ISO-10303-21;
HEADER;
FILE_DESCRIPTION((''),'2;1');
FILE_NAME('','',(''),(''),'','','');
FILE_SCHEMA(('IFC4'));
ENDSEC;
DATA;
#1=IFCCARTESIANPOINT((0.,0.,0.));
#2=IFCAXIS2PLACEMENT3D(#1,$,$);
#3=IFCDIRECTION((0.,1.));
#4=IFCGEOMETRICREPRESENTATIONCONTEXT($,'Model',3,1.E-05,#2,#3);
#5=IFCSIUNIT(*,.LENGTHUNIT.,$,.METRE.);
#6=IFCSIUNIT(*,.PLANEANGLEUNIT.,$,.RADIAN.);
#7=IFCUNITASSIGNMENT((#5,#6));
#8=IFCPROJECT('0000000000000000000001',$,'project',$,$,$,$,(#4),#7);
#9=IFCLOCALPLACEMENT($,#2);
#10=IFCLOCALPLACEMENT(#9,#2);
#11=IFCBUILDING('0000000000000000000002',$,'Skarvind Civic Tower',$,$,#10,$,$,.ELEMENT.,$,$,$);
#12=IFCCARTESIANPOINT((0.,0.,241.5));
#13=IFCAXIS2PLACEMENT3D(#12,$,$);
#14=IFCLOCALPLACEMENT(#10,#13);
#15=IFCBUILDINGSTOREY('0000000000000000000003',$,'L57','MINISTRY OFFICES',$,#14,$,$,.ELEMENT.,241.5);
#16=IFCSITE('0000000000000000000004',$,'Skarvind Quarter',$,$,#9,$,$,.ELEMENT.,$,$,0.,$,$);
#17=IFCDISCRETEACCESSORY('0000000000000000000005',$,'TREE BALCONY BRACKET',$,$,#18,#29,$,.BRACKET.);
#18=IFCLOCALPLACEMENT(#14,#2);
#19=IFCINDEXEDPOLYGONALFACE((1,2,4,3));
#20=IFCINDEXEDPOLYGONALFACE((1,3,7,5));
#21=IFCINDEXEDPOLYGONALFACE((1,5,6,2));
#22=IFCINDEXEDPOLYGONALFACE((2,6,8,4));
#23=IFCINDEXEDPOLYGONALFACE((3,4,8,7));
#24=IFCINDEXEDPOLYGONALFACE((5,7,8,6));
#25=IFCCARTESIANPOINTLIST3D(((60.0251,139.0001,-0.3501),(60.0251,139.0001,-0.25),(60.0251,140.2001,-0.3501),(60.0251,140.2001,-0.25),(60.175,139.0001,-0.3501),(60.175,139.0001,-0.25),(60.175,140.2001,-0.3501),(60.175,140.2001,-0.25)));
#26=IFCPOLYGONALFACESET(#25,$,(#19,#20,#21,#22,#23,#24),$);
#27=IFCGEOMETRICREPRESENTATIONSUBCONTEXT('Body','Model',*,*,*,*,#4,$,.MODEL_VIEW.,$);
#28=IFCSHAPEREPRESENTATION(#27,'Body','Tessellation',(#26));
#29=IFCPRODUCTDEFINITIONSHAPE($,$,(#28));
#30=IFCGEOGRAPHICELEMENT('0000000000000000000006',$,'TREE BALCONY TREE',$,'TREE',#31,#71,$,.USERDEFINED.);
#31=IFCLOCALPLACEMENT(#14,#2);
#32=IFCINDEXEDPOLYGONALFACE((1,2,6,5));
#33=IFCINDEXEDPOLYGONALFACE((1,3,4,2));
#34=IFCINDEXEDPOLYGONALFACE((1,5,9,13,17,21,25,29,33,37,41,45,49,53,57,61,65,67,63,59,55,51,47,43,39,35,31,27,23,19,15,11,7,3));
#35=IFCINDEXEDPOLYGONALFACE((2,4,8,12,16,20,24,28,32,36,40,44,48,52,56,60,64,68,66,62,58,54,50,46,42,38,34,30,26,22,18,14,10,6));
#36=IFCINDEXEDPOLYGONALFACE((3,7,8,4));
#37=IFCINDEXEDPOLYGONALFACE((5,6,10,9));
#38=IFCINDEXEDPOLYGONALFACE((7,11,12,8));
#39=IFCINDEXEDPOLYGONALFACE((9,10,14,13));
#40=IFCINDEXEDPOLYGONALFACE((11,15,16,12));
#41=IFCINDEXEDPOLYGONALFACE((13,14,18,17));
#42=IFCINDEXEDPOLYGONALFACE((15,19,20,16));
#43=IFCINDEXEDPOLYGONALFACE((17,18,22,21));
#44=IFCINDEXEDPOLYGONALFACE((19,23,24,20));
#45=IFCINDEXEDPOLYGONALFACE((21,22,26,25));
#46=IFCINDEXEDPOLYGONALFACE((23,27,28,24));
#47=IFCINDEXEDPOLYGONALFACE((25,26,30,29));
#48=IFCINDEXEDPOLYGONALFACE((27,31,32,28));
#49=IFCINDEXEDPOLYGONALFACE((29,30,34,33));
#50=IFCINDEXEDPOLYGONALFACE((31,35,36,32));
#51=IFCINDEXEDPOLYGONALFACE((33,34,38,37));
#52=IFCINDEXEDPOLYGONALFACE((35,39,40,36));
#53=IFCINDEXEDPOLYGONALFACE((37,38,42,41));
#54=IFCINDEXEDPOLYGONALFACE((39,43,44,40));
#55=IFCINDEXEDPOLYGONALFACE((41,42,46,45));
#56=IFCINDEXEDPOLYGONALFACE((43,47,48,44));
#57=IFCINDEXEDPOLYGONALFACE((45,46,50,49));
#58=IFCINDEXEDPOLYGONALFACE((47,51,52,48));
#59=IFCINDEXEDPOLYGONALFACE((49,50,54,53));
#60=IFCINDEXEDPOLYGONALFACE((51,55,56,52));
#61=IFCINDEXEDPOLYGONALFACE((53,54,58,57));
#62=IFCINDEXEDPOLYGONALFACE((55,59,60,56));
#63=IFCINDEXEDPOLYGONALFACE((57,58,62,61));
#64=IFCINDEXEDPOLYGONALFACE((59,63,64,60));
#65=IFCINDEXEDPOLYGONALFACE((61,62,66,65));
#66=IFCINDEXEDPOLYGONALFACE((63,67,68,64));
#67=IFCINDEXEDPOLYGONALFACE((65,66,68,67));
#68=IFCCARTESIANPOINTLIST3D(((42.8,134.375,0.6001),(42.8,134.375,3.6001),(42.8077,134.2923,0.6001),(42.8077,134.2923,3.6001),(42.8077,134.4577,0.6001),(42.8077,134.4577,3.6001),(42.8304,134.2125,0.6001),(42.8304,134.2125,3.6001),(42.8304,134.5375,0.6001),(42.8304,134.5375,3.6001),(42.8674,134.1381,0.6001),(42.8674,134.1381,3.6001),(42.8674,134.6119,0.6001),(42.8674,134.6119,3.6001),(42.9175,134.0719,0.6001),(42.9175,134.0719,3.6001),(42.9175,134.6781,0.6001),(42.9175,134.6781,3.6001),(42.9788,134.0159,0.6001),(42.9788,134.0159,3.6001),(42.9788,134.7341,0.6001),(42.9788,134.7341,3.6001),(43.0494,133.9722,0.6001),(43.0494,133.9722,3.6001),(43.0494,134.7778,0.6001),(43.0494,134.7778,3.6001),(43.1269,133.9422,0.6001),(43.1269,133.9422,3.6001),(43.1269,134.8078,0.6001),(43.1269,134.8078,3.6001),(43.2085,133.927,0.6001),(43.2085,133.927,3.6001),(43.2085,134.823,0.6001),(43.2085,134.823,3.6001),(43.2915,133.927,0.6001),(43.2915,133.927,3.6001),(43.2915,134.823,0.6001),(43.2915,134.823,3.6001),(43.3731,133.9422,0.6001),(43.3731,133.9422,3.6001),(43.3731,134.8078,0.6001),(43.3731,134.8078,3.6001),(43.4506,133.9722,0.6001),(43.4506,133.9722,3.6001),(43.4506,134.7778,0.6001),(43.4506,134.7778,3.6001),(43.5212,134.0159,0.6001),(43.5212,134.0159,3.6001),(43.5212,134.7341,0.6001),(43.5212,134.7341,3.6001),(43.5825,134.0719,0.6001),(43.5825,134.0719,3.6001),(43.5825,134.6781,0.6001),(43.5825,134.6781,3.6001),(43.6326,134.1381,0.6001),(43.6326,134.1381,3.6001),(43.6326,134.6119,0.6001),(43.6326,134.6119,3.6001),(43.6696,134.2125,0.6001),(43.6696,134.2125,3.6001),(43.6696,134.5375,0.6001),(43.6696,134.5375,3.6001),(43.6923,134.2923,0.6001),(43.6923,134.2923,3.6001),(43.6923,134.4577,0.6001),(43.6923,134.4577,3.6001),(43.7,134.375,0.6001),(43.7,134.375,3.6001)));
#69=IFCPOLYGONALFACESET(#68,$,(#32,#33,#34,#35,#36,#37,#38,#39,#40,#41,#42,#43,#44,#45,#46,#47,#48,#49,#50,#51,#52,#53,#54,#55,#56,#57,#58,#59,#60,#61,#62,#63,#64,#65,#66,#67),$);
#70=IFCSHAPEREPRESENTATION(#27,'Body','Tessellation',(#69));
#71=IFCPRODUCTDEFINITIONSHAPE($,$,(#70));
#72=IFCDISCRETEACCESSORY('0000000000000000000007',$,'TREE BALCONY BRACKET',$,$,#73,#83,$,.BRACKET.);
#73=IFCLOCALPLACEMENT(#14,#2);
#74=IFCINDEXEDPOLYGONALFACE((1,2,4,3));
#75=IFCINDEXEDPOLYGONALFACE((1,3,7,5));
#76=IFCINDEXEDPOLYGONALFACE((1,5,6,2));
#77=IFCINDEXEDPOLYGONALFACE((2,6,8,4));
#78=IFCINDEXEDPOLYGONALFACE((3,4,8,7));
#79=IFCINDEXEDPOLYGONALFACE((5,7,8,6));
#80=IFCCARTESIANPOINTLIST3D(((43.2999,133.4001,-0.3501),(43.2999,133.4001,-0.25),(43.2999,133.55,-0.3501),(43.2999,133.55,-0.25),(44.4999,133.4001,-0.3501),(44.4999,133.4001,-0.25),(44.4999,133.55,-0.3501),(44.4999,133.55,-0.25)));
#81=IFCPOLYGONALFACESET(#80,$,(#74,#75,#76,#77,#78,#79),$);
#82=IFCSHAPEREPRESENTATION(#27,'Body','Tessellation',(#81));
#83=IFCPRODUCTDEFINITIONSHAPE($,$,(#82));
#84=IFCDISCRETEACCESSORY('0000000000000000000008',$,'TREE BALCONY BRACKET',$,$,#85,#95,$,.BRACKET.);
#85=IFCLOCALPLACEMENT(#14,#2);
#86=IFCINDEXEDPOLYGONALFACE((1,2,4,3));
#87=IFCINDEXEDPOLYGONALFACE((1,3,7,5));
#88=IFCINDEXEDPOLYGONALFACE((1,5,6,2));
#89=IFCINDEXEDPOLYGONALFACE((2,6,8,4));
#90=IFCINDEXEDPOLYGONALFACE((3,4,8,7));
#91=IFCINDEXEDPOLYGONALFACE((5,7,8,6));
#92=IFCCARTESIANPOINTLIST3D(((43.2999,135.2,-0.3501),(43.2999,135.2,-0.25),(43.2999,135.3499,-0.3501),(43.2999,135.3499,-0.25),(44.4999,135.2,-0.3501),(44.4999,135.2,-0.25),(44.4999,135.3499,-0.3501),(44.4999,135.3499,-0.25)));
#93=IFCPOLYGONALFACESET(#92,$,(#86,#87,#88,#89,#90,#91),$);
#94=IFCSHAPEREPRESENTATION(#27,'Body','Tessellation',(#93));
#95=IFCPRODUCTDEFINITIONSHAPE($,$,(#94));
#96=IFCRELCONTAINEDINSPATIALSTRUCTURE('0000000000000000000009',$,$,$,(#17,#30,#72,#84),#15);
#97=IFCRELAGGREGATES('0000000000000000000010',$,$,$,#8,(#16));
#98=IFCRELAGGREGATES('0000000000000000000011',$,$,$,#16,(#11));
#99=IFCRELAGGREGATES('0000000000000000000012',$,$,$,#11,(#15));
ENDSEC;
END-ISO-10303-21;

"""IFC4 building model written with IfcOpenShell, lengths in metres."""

from ifc_helpers import new_model, si_unit, direction, frame, origin, origin_2d, place, context, subcontext, project, spatial, rectangle, circle, extrude, element, save


model = new_model("IFC4")

# Units and contexts
model_context = context("Model", 3, precision=1e-05, world=origin(), true_north=direction((0.0, 1.0)))
body_context = subcontext(model_context, "Body", "Model", "MODEL_VIEW")
ifc_project = project(units=[si_unit("LENGTHUNIT", "METRE"), si_unit("PLANEANGLEUNIT", "RADIAN")], contexts=[model_context])

# Site, building, storey
site_placement = place(None, origin())
site = spatial("IfcSite", under=ifc_project, at=site_placement, Name="Skarvind Quarter", CompositionType="ELEMENT", RefElevation=0.0)
building_placement = place(site_placement, origin())
building = spatial("IfcBuilding", under=site, at=building_placement, Name="Skarvind Civic Tower", CompositionType="ELEMENT")
storey_placement = place(building_placement, frame((0.0, 0.0, 241.5)))
storey = spatial("IfcBuildingStorey", under=building, at=storey_placement, Name="L57", Description="MINISTRY OFFICES", CompositionType="ELEMENT", Elevation=241.5)

# Discrete accessory
discrete_accessory_placement = place(storey_placement, frame((60.1001, 139.6001, -0.3501), z_axis=(0.0, 0.0, 1.0), x_axis=(1.0, 0.0, 0.0)))
element("IfcDiscreteAccessory", 1, at=discrete_accessory_placement, inside=storey, Name="TREE BALCONY BRACKET", PredefinedType="BRACKET", context=body_context, shape_type="SweptSolid", body=[
    extrude(rectangle(XDim=0.1499, YDim=1.2, at=origin_2d()), origin(), (0.0, 0.0, 1.0), 0.1001),
])

# Geographic element
geographic_element_placement = place(storey_placement, frame((43.25, 134.375, 0.6001), z_axis=(0.0, 0.0, 1.0), x_axis=(1.0, 0.0, 0.0)))
element("IfcGeographicElement", 2, at=geographic_element_placement, inside=storey, Name="TREE BALCONY TREE", ObjectType="TREE", PredefinedType="USERDEFINED", context=body_context, shape_type="SweptSolid", body=[
    extrude(circle(Radius=0.45, at=origin_2d()), origin(), (0.0, 0.0, 1.0), 3.0),
])

# Discrete accessories
for number, where, z_axis, x_axis, name in (
    (3, (43.8999, 133.4751, -0.3501), (0.0, 0.0, 1.0), (0.0, 1.0, 0.0), "TREE BALCONY BRACKET"),
    (4, (43.8999, 135.2749, -0.3501), (0.0, 0.0, 1.0), (0.0, 1.0, 0.0), "TREE BALCONY BRACKET"),
):
    element("IfcDiscreteAccessory", number, at=place(storey_placement, frame(where, z_axis=z_axis, x_axis=x_axis)), inside=storey, Name=name, PredefinedType="BRACKET", context=body_context, shape_type="SweptSolid", body=[
        extrude(rectangle(XDim=0.1499, YDim=1.2, at=origin_2d()), origin(), (0.0, 0.0, 1.0), 0.1001),
    ])

save(model, "model.ifc")
